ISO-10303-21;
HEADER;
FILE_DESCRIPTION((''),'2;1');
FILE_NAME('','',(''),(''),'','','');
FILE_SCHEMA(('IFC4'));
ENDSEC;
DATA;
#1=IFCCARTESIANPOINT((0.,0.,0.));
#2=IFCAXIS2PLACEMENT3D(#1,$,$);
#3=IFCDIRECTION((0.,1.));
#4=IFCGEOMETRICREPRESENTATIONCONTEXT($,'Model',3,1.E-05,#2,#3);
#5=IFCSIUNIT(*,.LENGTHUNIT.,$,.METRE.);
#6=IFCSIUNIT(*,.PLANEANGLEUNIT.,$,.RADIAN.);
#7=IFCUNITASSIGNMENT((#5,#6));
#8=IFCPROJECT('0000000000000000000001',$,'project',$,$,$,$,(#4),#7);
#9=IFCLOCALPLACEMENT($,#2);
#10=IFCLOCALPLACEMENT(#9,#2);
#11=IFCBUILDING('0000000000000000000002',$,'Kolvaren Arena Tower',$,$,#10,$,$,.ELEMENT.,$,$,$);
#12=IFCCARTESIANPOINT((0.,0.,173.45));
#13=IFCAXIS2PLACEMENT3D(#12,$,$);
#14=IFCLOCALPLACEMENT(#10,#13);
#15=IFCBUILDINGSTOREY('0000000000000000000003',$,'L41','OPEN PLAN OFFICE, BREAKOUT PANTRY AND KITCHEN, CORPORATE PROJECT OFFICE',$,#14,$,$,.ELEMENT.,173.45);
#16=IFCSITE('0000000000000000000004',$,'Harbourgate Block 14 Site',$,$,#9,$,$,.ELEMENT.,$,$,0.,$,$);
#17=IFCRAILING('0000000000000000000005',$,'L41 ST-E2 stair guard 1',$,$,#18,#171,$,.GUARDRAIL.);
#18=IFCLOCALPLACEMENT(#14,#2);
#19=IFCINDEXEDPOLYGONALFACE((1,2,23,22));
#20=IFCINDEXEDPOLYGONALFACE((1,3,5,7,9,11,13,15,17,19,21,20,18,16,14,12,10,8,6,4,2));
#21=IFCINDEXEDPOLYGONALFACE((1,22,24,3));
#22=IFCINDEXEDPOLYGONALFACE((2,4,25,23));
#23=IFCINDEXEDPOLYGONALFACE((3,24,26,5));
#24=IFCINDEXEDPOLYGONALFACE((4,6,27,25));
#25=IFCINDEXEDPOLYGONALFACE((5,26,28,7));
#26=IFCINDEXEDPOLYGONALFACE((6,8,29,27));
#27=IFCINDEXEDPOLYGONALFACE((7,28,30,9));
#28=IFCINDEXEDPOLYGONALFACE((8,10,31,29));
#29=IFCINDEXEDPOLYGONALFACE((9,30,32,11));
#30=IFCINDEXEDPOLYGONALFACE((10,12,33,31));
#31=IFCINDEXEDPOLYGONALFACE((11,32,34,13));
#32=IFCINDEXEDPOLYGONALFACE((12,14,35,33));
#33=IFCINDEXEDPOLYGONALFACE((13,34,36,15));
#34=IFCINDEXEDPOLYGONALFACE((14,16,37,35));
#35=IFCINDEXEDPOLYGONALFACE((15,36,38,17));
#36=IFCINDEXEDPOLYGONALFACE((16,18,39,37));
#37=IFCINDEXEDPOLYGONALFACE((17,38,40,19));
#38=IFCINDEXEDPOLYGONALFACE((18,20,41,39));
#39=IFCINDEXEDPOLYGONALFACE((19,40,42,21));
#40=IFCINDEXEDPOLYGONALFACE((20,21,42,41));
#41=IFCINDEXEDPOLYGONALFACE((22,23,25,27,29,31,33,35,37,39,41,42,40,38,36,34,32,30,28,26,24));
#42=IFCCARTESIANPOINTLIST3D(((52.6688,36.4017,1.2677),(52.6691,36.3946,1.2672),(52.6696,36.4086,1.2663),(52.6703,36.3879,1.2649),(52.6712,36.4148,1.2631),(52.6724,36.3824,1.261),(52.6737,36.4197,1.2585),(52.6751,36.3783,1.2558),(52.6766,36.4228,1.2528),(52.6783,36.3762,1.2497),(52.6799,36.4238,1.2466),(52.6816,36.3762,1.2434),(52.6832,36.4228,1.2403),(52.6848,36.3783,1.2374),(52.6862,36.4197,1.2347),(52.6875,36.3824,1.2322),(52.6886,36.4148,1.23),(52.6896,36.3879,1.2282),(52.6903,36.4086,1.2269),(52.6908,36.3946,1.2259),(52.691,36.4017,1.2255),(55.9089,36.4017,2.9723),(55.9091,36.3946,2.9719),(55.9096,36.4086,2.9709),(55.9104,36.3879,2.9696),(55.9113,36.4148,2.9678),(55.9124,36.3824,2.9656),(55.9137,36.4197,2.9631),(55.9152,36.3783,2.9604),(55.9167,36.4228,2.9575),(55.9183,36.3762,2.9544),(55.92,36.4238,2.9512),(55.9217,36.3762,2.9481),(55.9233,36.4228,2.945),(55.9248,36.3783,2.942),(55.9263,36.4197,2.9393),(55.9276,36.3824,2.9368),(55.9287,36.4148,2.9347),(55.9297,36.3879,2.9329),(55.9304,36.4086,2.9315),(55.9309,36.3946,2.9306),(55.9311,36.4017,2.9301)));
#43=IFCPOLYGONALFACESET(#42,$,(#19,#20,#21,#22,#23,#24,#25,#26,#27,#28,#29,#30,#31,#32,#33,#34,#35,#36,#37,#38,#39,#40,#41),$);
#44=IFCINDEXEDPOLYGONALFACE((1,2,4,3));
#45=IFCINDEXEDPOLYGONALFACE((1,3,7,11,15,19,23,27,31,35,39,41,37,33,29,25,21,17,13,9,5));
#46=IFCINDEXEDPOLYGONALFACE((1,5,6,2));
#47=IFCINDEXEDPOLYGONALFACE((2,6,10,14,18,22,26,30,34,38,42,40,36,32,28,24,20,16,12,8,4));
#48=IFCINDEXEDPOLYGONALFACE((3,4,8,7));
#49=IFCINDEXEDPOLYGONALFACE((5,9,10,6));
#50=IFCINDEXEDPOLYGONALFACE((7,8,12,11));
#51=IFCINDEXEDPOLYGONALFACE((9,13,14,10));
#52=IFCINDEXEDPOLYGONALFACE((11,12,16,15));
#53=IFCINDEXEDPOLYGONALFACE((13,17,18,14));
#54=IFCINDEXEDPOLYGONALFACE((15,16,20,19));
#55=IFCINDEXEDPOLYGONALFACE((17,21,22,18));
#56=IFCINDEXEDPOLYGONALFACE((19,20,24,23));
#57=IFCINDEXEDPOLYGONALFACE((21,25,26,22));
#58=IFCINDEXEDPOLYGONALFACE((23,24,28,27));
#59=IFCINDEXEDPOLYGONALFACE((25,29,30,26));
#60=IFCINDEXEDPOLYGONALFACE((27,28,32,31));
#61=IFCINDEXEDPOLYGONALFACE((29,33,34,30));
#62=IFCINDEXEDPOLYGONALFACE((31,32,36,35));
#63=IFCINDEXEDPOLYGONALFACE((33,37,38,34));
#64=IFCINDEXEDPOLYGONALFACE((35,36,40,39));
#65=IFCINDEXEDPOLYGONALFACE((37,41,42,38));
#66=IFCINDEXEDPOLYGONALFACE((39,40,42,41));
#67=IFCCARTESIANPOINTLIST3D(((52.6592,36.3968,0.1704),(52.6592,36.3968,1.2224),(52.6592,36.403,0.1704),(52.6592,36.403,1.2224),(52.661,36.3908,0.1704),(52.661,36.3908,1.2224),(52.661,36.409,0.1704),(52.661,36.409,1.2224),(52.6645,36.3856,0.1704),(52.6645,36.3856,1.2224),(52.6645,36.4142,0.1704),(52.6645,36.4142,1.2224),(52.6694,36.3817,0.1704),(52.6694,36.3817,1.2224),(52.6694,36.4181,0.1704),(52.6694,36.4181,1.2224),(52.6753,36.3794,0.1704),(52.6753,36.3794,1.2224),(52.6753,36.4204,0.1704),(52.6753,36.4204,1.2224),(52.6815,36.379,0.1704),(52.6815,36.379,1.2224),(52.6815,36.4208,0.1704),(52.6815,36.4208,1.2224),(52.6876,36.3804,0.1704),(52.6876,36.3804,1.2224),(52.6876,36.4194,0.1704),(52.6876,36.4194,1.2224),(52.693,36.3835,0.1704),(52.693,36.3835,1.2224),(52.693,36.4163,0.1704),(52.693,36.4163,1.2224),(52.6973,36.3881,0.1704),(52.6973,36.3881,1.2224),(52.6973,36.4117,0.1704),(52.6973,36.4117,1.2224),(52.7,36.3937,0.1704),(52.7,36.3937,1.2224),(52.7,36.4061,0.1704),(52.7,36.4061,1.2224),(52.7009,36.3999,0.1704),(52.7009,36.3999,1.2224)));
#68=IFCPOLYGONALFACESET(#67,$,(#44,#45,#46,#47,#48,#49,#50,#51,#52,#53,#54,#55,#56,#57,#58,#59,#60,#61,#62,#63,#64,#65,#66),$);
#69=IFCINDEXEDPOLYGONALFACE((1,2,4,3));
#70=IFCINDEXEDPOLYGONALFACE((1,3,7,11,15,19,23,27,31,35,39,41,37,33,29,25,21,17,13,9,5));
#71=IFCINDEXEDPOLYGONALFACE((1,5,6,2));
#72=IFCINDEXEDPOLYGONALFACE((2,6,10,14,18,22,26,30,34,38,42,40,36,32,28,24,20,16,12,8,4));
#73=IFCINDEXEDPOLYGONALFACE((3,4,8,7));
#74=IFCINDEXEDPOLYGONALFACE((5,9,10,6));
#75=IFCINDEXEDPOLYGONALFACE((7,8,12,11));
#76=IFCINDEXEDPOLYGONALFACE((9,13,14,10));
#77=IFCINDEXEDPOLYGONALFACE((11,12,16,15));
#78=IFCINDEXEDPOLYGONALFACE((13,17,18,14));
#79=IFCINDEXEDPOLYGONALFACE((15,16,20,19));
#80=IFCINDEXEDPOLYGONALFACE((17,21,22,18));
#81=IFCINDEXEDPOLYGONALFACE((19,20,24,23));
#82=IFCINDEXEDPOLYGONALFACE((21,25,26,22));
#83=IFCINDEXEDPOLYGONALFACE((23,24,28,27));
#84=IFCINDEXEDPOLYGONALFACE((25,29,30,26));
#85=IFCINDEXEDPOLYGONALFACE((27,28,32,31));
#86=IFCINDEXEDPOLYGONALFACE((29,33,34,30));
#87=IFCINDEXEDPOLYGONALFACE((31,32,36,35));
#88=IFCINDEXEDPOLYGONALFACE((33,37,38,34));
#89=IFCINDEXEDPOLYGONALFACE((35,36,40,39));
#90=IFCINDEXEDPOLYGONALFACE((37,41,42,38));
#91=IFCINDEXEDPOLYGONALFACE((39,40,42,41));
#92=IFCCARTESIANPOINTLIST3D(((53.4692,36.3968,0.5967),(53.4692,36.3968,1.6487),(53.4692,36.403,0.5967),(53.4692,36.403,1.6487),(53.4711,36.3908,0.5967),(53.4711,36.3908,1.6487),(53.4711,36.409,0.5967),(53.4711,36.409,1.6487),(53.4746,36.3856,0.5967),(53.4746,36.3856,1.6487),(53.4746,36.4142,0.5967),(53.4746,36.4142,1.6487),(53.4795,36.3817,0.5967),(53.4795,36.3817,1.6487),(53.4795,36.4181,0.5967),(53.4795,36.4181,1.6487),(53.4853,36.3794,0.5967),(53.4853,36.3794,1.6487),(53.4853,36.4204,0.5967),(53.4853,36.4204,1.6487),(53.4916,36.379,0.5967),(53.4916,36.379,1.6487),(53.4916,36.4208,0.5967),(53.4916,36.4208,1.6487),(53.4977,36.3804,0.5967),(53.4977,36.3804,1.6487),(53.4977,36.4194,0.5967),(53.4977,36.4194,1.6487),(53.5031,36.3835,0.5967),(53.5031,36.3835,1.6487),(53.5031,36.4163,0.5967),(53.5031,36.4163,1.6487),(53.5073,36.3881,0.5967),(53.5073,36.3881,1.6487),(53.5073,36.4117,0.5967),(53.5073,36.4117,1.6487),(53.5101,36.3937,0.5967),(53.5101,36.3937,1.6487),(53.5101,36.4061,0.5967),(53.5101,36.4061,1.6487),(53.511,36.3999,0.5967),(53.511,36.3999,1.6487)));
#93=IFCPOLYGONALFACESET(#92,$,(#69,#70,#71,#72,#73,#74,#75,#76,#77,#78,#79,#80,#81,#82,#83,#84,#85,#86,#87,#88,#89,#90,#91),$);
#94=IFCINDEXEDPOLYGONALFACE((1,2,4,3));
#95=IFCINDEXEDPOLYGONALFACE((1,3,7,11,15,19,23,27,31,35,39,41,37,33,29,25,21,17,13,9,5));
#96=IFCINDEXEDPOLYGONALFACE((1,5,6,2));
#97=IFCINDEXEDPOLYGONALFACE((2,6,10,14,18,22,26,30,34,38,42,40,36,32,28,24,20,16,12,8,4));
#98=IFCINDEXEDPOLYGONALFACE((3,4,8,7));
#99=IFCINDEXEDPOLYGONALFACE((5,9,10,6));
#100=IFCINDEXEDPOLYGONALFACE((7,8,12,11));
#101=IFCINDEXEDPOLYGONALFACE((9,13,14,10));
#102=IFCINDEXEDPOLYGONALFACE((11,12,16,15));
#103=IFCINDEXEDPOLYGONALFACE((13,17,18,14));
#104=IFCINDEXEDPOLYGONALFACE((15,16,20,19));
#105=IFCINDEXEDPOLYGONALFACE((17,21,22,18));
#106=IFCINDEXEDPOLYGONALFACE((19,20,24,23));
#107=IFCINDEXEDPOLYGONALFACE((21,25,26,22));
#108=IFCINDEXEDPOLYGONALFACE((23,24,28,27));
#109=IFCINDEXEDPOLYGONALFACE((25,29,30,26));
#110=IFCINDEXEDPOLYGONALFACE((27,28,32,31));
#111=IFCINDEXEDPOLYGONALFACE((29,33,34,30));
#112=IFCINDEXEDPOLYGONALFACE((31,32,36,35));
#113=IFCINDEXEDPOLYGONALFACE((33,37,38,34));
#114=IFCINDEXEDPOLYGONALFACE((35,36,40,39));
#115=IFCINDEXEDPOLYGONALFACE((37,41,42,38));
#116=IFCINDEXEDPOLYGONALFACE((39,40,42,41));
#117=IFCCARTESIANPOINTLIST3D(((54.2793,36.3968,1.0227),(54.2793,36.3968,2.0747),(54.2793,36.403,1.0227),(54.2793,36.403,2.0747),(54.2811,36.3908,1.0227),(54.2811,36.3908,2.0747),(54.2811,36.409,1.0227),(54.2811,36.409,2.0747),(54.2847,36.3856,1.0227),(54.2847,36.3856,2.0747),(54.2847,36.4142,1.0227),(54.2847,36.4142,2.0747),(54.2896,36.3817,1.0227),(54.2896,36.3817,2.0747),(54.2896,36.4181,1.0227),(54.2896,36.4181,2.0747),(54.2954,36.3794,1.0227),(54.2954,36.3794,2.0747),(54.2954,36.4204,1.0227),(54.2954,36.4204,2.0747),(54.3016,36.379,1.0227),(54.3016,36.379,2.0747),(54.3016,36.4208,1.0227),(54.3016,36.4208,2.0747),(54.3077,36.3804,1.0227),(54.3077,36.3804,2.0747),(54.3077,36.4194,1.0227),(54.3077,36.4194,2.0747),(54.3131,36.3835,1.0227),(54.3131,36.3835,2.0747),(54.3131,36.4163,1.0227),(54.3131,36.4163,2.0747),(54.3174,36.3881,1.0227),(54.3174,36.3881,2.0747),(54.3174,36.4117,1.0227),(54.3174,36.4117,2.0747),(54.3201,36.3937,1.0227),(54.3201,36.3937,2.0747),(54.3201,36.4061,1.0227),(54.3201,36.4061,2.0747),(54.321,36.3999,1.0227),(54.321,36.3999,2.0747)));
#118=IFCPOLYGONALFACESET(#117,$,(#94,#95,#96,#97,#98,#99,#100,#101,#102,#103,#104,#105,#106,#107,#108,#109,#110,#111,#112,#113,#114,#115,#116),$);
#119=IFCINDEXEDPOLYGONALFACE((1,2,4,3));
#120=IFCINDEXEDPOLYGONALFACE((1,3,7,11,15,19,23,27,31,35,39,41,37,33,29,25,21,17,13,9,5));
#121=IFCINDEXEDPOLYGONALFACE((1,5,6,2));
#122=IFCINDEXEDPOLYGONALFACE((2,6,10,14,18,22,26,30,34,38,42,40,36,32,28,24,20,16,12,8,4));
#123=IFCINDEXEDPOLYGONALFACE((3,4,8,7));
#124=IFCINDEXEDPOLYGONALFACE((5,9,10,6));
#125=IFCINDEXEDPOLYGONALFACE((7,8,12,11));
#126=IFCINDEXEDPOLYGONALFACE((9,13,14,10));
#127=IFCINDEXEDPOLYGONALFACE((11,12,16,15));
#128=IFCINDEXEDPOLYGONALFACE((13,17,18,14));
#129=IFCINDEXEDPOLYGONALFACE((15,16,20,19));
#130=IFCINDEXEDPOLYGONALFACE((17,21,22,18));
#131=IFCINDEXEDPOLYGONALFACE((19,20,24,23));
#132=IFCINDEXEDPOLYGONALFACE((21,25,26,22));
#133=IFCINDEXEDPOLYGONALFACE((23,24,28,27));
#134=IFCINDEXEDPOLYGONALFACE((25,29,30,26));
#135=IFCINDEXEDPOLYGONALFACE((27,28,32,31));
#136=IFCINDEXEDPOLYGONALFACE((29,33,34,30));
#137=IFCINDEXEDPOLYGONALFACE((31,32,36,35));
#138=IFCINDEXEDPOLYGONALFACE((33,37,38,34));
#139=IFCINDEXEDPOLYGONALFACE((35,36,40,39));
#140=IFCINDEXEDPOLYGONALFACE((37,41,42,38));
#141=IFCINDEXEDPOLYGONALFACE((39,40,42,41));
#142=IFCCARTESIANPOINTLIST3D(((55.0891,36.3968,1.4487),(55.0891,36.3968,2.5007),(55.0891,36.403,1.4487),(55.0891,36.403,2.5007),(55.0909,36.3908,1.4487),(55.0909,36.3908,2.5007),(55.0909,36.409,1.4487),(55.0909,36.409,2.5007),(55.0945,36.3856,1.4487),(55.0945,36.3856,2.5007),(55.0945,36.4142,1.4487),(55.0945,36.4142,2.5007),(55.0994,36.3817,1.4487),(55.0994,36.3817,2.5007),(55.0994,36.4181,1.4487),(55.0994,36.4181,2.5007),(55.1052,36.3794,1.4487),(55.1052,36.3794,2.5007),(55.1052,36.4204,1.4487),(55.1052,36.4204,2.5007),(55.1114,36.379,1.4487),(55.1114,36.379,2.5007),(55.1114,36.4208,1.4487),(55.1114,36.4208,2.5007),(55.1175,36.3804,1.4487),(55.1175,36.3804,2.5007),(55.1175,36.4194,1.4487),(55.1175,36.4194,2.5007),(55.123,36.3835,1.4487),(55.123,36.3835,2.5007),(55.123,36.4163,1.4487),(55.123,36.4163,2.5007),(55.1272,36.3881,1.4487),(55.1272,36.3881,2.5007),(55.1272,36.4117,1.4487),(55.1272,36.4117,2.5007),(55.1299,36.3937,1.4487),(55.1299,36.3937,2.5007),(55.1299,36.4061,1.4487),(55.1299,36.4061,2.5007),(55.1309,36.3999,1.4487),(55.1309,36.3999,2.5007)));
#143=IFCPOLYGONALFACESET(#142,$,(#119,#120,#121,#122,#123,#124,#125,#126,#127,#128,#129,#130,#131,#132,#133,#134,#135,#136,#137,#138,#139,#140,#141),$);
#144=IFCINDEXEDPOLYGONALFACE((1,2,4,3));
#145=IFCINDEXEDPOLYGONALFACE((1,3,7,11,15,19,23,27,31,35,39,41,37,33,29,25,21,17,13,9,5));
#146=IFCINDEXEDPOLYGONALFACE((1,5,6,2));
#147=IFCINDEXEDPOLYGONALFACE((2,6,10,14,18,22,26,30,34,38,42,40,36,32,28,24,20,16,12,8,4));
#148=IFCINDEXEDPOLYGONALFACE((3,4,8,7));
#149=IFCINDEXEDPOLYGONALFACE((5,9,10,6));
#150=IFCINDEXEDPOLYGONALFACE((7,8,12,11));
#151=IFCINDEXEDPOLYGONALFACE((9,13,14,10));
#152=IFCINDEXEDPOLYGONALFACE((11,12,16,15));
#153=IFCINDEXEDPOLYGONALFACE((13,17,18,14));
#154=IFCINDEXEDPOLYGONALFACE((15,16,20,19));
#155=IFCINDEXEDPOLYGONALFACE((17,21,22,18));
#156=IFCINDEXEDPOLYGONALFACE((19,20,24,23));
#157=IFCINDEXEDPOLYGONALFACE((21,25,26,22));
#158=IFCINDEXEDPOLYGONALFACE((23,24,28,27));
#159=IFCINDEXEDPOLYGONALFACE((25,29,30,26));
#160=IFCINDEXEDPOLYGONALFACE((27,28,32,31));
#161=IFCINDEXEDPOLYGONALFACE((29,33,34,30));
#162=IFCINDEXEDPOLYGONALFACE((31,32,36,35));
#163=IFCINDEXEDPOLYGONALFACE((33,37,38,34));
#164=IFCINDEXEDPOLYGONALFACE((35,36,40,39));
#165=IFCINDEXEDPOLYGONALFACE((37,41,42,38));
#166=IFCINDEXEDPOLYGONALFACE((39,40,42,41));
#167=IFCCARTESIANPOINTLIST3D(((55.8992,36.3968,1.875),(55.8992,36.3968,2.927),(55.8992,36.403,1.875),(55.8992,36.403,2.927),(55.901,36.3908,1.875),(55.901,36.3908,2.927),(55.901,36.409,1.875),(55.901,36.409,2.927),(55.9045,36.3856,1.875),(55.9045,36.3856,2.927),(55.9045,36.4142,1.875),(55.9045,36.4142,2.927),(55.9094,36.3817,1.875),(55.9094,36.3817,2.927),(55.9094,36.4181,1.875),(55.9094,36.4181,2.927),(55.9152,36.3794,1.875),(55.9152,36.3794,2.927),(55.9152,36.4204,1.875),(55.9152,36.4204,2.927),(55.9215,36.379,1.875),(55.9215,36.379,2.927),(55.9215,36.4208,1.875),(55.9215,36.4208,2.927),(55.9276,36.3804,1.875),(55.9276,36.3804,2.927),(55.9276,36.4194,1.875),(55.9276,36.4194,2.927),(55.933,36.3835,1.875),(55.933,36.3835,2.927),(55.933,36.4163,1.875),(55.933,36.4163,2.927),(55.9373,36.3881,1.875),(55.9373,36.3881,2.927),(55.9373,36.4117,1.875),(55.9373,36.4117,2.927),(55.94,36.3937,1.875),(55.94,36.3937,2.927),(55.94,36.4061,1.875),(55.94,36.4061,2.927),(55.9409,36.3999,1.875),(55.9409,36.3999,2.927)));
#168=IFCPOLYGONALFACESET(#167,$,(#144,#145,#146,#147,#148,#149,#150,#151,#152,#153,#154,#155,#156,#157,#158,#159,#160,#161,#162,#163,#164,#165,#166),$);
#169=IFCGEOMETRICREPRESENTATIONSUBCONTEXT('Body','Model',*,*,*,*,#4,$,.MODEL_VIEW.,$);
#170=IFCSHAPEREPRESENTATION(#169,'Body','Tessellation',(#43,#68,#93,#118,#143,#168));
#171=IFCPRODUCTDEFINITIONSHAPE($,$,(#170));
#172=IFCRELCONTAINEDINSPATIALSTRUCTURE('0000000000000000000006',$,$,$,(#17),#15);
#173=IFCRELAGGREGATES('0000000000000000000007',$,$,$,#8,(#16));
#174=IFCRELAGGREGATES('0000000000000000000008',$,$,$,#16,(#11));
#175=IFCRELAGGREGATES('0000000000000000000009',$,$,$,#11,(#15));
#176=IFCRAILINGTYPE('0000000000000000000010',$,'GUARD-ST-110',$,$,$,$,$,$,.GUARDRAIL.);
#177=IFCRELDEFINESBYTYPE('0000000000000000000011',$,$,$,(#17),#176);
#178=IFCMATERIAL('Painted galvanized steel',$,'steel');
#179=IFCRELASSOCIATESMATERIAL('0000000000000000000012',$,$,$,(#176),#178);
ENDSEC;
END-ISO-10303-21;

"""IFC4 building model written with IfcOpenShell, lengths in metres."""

from ifc_helpers import new_model, si_unit, direction, frame, origin, origin_2d, place, context, subcontext, project, spatial, circle, extrude, material, type_object, element, save


model = new_model("IFC4")

# Units and contexts
model_context = context("Model", 3, precision=1e-05, world=origin(), true_north=direction((0.0, 1.0)))
body_context = subcontext(model_context, "Body", "Model", "MODEL_VIEW")
ifc_project = project(units=[si_unit("LENGTHUNIT", "METRE"), si_unit("PLANEANGLEUNIT", "RADIAN")], contexts=[model_context])

# Site, building, storey
site_placement = place(None, origin())
site = spatial("IfcSite", under=ifc_project, at=site_placement, Name="Harbourgate Block 14 Site", CompositionType="ELEMENT", RefElevation=0.0)
building_placement = place(site_placement, origin())
building = spatial("IfcBuilding", under=site, at=building_placement, Name="Kolvaren Arena Tower", CompositionType="ELEMENT")
storey_placement = place(building_placement, frame((0.0, 0.0, 173.45)))
storey = spatial("IfcBuildingStorey", under=building, at=storey_placement, Name="L41", Description="OPEN PLAN OFFICE, BREAKOUT PANTRY AND KITCHEN, CORPORATE PROJECT OFFICE", CompositionType="ELEMENT", Elevation=173.45)

# Railing
ifc_material_1 = material(Name="Painted galvanized steel", Category="steel")
railing_type_1 = type_object("IfcRailingType", Name="GUARD-ST-110", PredefinedType="GUARDRAIL", material=ifc_material_1)
railing_1_placement = place(storey_placement, frame((52.6799, 36.3999, 0.1704)))
element("IfcRailing", 1, at=railing_1_placement, inside=storey, type_object=railing_type_1, Name="L41 ST-E2 stair guard 1", PredefinedType="GUARDRAIL", context=body_context, shape_type="SweptSolid", body=[
    extrude(circle(Radius=0.0239, at=origin_2d()), frame((0.0, 0.0, 1.0762), z_axis=(0.884993, 0.0, 0.465604), x_axis=(0.0, 1.0, 0.0)), (0.0, 0.0, 1.0), 3.6611),
    extrude(circle(Radius=0.021, at=origin_2d()), origin(), (0.0, 0.0, 1.0), 1.052),
    extrude(circle(Radius=0.021, at=origin_2d()), frame((0.8101, 0.0, 0.4263)), (0.0, 0.0, 1.0), 1.052),
    extrude(circle(Radius=0.021, at=origin_2d()), frame((1.6201, 0.0, 0.8523)), (0.0, 0.0, 1.0), 1.052),
    extrude(circle(Radius=0.021, at=origin_2d()), frame((2.4299, 0.0, 1.2783)), (0.0, 0.0, 1.0), 1.052),
    extrude(circle(Radius=0.021, at=origin_2d()), frame((3.24, 0.0, 1.7046)), (0.0, 0.0, 1.0), 1.052),
])

save(model, "model.ifc")
